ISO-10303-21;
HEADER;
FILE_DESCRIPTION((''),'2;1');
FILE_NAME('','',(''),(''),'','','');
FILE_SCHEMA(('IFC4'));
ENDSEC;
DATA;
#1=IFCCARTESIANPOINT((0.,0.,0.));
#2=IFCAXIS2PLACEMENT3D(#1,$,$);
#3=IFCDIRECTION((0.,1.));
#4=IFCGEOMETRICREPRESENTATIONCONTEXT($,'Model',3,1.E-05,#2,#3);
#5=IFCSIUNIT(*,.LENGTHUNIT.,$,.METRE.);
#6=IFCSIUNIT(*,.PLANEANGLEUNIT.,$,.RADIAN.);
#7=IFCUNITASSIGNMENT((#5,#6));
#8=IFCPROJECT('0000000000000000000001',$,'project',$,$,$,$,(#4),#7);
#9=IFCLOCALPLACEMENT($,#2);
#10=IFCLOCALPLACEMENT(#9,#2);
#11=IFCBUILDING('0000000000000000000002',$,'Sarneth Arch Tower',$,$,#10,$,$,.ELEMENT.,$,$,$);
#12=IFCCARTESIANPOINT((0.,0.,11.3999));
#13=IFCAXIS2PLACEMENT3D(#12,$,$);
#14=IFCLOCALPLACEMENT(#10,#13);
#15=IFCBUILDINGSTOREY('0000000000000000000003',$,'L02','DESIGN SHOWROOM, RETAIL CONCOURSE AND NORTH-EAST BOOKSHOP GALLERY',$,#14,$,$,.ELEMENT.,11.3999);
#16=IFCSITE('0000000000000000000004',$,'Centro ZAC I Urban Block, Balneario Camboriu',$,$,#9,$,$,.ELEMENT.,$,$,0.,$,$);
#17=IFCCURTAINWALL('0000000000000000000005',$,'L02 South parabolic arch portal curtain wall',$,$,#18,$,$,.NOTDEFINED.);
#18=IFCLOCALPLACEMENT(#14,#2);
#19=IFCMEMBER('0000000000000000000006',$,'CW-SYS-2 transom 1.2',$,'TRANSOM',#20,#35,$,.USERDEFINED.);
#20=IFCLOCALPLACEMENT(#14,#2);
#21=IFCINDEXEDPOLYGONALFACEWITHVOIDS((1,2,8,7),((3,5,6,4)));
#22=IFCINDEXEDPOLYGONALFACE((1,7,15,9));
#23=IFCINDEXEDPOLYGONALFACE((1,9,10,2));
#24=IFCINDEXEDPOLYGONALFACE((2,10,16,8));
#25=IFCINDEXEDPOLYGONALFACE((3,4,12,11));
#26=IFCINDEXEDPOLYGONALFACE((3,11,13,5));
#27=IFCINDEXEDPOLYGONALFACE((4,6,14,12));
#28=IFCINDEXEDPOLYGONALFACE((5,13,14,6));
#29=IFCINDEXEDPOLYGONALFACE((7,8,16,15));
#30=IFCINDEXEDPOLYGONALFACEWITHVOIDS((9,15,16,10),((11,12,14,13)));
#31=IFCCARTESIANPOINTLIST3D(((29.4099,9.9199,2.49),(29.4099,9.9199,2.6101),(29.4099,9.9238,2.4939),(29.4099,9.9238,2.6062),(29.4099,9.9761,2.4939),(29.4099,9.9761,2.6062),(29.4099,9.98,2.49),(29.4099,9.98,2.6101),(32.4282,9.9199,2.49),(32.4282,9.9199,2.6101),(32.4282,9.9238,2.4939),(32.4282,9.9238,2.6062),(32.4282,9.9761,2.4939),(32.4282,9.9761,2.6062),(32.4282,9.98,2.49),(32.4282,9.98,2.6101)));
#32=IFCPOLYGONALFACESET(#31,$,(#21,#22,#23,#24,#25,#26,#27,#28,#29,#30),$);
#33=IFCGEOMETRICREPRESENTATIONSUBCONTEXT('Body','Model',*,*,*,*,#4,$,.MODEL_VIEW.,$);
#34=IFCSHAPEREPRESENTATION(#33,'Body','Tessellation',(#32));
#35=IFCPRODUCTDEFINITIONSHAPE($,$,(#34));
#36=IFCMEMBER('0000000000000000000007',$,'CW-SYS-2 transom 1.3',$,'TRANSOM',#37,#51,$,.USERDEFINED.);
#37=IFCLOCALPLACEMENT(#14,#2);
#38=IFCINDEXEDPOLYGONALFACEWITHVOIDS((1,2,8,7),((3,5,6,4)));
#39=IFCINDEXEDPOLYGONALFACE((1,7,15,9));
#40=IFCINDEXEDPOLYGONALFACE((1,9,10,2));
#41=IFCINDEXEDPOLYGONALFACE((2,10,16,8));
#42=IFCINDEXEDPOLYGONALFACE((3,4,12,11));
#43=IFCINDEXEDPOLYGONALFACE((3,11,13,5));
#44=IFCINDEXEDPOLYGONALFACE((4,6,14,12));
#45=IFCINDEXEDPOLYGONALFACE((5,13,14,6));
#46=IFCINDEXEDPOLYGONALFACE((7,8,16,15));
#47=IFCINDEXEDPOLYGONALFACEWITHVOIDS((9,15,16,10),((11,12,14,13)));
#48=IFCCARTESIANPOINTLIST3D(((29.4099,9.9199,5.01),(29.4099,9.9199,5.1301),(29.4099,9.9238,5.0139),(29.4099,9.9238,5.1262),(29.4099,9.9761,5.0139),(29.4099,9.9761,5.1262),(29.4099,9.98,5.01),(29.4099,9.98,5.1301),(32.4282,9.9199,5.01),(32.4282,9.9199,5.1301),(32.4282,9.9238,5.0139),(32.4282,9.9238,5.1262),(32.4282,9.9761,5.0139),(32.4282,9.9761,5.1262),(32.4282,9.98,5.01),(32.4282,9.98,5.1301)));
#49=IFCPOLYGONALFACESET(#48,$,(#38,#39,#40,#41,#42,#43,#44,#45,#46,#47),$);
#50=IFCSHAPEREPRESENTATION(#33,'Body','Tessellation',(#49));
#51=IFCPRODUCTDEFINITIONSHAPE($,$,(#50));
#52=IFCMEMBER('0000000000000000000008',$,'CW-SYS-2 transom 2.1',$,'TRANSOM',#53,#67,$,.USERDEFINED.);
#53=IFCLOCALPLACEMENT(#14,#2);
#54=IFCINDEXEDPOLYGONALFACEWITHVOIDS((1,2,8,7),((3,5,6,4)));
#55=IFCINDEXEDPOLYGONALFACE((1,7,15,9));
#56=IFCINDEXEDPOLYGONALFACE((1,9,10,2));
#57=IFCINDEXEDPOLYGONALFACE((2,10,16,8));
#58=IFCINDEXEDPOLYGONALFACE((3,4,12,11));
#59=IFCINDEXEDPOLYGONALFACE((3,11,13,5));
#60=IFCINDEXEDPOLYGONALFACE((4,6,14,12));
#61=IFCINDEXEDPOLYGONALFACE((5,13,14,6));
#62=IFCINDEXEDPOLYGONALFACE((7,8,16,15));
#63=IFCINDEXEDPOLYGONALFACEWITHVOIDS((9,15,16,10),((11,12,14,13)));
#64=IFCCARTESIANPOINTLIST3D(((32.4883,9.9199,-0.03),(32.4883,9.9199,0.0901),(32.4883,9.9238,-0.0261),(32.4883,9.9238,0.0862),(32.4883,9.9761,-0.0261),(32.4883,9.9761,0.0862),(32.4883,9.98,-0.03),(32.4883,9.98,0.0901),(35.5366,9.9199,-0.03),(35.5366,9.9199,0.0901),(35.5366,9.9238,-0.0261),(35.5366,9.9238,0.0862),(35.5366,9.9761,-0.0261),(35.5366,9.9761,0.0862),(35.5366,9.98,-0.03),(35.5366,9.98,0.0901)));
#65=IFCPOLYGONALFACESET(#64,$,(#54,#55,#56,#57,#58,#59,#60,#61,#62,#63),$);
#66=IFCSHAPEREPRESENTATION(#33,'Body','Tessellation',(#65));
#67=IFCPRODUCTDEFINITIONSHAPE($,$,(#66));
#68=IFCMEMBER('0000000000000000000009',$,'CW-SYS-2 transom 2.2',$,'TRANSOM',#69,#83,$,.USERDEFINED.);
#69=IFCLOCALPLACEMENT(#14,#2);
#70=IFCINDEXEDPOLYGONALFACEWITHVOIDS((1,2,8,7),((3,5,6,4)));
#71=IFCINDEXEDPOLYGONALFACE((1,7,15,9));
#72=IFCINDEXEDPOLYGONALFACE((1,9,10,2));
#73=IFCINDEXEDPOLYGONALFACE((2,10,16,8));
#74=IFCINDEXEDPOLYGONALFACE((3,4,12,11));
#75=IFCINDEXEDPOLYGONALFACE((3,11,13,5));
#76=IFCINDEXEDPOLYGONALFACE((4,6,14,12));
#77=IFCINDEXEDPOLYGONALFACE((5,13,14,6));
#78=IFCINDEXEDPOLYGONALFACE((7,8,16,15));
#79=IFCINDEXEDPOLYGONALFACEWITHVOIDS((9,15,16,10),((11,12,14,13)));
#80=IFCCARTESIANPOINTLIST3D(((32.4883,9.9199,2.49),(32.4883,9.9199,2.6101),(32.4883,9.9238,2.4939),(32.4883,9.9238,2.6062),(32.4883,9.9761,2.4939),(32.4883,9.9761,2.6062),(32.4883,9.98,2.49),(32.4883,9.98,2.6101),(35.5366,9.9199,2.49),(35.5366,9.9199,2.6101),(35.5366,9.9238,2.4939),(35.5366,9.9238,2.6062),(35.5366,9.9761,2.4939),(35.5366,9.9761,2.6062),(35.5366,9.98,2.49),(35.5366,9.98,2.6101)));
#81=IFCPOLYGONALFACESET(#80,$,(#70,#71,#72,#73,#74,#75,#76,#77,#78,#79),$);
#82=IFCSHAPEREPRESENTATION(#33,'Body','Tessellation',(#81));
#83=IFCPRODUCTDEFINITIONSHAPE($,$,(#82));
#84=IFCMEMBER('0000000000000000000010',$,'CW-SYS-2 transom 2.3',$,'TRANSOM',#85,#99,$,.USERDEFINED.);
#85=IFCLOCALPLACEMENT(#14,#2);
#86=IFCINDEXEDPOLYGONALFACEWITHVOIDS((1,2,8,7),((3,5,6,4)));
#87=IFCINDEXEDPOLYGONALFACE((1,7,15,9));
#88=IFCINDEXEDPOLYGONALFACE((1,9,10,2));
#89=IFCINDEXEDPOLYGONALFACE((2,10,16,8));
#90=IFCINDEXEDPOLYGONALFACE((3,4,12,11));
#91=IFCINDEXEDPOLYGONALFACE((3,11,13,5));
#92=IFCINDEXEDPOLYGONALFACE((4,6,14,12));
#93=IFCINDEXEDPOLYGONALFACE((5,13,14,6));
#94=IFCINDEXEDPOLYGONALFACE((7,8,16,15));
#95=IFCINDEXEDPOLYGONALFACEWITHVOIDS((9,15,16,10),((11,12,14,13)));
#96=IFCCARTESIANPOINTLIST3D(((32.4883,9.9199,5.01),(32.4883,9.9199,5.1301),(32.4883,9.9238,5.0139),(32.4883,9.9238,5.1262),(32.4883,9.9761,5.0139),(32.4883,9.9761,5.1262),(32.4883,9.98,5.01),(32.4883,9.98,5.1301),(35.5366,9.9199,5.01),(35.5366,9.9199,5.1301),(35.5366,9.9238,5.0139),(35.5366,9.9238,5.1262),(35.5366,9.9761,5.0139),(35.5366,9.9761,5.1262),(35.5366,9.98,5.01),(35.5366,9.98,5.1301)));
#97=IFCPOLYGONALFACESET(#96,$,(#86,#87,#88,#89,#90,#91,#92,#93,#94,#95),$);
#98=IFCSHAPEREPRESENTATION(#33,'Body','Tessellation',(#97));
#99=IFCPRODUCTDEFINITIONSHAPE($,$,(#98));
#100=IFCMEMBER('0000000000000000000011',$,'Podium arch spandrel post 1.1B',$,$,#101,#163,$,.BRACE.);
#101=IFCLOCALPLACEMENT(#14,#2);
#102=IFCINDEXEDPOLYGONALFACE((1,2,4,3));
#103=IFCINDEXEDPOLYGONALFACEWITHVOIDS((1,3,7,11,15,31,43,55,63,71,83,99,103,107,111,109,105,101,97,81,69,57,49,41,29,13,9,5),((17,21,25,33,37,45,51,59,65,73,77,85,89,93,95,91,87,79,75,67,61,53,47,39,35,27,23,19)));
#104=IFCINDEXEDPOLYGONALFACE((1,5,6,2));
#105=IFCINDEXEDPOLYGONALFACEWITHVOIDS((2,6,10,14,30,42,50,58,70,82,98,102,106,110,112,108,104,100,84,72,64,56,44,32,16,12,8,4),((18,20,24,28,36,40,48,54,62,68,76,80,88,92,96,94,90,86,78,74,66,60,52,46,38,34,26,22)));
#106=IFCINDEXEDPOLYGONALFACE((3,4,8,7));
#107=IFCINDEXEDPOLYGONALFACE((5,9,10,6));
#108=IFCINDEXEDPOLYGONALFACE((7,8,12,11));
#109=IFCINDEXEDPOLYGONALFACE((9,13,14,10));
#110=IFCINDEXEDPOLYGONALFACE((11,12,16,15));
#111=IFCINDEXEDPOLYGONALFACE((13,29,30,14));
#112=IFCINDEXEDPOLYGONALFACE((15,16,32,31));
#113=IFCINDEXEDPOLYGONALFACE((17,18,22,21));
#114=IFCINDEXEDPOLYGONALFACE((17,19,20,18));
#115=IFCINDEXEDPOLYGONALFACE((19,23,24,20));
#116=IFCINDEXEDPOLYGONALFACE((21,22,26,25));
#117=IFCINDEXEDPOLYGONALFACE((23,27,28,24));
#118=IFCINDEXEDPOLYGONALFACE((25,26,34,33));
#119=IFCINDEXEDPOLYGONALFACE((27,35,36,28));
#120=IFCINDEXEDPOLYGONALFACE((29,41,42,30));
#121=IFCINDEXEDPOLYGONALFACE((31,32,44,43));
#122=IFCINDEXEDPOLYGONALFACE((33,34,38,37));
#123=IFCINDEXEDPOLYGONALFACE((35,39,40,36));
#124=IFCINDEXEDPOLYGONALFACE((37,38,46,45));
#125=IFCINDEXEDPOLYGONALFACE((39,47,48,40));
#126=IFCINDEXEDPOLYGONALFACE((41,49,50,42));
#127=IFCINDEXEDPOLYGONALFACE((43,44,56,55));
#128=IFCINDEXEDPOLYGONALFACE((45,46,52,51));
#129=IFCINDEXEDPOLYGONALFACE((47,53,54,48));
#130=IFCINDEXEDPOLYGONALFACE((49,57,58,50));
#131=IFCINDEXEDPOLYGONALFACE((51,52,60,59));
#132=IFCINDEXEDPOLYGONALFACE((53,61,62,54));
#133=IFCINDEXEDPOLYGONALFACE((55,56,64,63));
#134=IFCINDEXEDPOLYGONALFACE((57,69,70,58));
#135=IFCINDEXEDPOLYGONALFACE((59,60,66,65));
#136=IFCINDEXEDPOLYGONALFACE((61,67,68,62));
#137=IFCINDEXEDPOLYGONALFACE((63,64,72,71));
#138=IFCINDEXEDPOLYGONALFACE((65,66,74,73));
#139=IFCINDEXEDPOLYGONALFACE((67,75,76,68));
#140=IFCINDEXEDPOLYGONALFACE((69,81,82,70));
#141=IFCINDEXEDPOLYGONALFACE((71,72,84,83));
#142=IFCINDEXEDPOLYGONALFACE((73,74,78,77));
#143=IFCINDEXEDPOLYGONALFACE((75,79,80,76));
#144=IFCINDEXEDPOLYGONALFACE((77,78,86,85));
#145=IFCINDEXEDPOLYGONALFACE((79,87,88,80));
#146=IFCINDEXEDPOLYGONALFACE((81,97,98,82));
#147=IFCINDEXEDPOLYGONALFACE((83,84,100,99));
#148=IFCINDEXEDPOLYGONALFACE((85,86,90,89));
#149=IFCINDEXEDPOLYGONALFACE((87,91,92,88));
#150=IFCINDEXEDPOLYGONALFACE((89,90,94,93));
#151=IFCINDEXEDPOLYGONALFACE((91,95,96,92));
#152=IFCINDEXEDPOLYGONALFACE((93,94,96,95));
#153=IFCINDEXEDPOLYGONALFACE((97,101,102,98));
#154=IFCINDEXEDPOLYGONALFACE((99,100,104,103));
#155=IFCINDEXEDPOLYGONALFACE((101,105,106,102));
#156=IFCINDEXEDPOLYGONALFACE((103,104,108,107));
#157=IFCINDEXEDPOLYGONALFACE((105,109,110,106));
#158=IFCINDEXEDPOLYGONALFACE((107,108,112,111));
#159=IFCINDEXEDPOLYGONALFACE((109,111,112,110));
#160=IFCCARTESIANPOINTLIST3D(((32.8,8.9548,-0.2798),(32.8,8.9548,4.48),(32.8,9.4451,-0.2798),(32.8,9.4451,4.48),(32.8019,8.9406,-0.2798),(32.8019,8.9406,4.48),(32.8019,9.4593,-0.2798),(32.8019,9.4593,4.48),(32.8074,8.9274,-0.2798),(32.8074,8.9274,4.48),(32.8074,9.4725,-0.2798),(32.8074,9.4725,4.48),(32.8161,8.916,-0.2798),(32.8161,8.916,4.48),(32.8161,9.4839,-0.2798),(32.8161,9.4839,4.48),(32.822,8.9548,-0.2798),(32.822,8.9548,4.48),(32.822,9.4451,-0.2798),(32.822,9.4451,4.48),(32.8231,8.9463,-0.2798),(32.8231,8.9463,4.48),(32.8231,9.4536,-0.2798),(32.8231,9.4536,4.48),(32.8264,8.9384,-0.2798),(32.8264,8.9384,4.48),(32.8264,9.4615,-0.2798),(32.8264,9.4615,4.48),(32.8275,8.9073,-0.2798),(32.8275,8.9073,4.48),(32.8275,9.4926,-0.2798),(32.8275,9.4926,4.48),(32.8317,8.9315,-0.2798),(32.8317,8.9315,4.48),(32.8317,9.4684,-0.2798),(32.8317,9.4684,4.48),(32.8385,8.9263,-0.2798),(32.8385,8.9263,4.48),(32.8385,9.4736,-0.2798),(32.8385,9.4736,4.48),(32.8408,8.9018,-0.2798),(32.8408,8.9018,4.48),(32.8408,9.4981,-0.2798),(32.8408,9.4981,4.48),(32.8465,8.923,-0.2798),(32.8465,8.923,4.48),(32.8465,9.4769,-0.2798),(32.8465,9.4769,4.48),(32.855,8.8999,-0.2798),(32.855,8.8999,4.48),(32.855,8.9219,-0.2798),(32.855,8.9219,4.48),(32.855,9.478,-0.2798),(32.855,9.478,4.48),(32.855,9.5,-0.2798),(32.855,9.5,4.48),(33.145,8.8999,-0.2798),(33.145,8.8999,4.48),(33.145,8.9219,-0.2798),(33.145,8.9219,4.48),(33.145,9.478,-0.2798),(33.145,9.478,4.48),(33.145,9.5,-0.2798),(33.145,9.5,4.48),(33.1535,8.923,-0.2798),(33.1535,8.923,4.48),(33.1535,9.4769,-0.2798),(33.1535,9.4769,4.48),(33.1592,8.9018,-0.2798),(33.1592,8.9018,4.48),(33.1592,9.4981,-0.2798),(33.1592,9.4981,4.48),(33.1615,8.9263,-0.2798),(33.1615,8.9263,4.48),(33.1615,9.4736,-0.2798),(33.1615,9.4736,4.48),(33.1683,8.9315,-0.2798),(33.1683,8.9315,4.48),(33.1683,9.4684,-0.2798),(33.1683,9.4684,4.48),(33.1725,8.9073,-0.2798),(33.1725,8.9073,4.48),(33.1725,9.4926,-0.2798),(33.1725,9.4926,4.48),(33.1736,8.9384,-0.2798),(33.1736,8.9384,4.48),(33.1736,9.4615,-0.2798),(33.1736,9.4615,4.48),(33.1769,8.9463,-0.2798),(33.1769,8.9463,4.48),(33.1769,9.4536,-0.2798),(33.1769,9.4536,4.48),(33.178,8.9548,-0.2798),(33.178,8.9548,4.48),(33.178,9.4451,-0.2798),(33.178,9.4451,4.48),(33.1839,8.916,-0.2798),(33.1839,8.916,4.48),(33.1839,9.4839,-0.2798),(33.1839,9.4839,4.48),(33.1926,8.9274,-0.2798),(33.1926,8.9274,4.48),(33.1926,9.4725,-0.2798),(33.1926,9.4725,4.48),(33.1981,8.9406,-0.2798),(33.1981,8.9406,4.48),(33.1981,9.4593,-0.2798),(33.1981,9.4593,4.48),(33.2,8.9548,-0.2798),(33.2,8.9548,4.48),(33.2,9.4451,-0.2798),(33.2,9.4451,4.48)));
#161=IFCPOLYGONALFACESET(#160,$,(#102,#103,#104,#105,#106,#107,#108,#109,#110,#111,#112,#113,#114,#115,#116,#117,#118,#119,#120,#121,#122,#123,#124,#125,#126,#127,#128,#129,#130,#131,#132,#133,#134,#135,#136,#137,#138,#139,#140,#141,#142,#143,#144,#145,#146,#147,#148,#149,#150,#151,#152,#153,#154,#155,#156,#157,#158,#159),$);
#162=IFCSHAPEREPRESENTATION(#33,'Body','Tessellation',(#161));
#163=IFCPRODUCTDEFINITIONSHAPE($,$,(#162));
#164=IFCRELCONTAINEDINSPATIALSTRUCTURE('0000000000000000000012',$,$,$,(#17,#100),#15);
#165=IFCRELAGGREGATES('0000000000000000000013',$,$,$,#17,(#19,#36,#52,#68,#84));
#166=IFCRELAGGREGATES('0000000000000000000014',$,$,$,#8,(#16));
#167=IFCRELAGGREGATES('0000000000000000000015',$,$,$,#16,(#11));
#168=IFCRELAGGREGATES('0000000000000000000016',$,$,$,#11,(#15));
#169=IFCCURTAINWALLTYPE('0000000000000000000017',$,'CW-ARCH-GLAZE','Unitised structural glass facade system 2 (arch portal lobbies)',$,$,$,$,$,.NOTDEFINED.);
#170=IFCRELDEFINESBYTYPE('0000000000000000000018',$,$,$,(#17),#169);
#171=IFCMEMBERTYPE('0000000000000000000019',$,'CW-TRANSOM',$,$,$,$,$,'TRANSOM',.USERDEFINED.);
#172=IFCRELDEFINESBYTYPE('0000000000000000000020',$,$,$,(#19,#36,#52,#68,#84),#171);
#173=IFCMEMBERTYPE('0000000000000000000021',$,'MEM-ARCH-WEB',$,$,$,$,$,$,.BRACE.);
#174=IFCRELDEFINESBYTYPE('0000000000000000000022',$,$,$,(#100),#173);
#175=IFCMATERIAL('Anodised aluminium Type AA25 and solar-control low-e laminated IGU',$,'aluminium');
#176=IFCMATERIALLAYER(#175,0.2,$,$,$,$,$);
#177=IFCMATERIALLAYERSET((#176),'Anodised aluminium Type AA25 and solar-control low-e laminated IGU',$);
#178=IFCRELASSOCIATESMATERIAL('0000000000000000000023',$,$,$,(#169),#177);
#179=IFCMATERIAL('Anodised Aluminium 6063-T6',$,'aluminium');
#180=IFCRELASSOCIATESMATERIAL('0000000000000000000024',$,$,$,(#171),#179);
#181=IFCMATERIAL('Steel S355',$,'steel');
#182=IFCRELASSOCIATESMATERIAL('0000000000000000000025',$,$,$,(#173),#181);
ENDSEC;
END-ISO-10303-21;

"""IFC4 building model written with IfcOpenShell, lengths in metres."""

from ifc_helpers import new_model, si_unit, direction, frame, origin, origin_2d, place, context, subcontext, project, spatial, hollow_rectangle, extrude, material, layer, layer_set, material_profile, profile_set, type_object, element, aggregate, save


model = new_model("IFC4")

# Units and contexts
model_context = context("Model", 3, precision=1e-05, world=origin(), true_north=direction((0.0, 1.0)))
body_context = subcontext(model_context, "Body", "Model", "MODEL_VIEW")
ifc_project = project(units=[si_unit("LENGTHUNIT", "METRE"), si_unit("PLANEANGLEUNIT", "RADIAN")], contexts=[model_context])

# Site, building, storey
site_placement = place(None, origin())
site = spatial("IfcSite", under=ifc_project, at=site_placement, Name="Centro ZAC I Urban Block, Balneario Camboriu", CompositionType="ELEMENT", RefElevation=0.0)
building_placement = place(site_placement, origin())
building = spatial("IfcBuilding", under=site, at=building_placement, Name="Sarneth Arch Tower", CompositionType="ELEMENT")
storey_placement = place(building_placement, frame((0.0, 0.0, 11.3999)))
storey = spatial("IfcBuildingStorey", under=building, at=storey_placement, Name="L02", Description="DESIGN SHOWROOM, RETAIL CONCOURSE AND NORTH-EAST BOOKSHOP GALLERY", CompositionType="ELEMENT", Elevation=11.3999)

# Curtain wall, members
ifc_material_1 = material(Name="Anodised aluminium Type AA25 and solar-control low-e laminated IGU", Category="aluminium")
ifc_layer_1 = layer(ifc_material_1, 0.2)
ifc_layer_set_1 = layer_set([ifc_layer_1], Name="Anodised aluminium Type AA25 and solar-control low-e laminated IGU")
curtain_wall_type = type_object("IfcCurtainWallType", Name="CW-ARCH-GLAZE", Description="Unitised structural glass facade system 2 (arch portal lobbies)", PredefinedType="NOTDEFINED", material=ifc_layer_set_1)
curtain_wall_placement = place(storey_placement, origin())
curtain_wall = element("IfcCurtainWall", 1, at=curtain_wall_placement, inside=storey, type_object=curtain_wall_type, Name="L02 South parabolic arch portal curtain wall", PredefinedType="NOTDEFINED")
ifc_material_2 = material(Name="Anodised Aluminium 6063-T6", Category="aluminium")
ifc_material_profile_1 = material_profile(ifc_material_2, hollow_rectangle(XDim=0.0601, YDim=0.1201, WallThickness=0.0039, at=origin_2d()), Name="AL-TRAN-120x60x4")
ifc_profile_set_1 = profile_set([ifc_material_profile_1], Name="Anodised Aluminium 6063-T6")
member_type_1 = type_object("IfcMemberType", Name="CW-TRANSOM", ElementType="TRANSOM", PredefinedType="USERDEFINED", material=ifc_profile_set_1)
member_1_placement = place(storey_placement, frame((29.4099, 9.95, 2.55), z_axis=(1.0, 0.0, 0.0), x_axis=(0.0, 1.0, 0.0)))
member_1 = element("IfcMember", 2, at=member_1_placement, type_object=member_type_1, Name="CW-SYS-2 transom 1.2", ObjectType="TRANSOM", PredefinedType="USERDEFINED", context=body_context, shape_type="SweptSolid", body=[
    extrude(hollow_rectangle(XDim=0.0601, YDim=0.1201, WallThickness=0.0039, at=origin_2d()), origin(), (0.0, 0.0, 1.0), 3.0183),
])
member_2_placement = place(storey_placement, frame((29.4099, 9.95, 5.0701), z_axis=(1.0, 0.0, 0.0), x_axis=(0.0, 1.0, 0.0)))
member_2 = element("IfcMember", 3, at=member_2_placement, type_object=member_type_1, Name="CW-SYS-2 transom 1.3", ObjectType="TRANSOM", PredefinedType="USERDEFINED", context=body_context, shape_type="SweptSolid", body=[
    extrude(hollow_rectangle(XDim=0.0601, YDim=0.1201, WallThickness=0.0039, at=origin_2d()), origin(), (0.0, 0.0, 1.0), 3.0183),
])
member_3_placement = place(storey_placement, frame((32.4883, 9.95, 0.03), z_axis=(1.0, 0.0, 0.0), x_axis=(0.0, 1.0, 0.0)))
member_3 = element("IfcMember", 4, at=member_3_placement, type_object=member_type_1, Name="CW-SYS-2 transom 2.1", ObjectType="TRANSOM", PredefinedType="USERDEFINED", context=body_context, shape_type="SweptSolid", body=[
    extrude(hollow_rectangle(XDim=0.0601, YDim=0.1201, WallThickness=0.0039, at=origin_2d()), origin(), (0.0, 0.0, 1.0), 3.0483),
])
member_4_placement = place(storey_placement, frame((32.4883, 9.95, 2.55), z_axis=(1.0, 0.0, 0.0), x_axis=(0.0, 1.0, 0.0)))
member_4 = element("IfcMember", 5, at=member_4_placement, type_object=member_type_1, Name="CW-SYS-2 transom 2.2", ObjectType="TRANSOM", PredefinedType="USERDEFINED", context=body_context, shape_type="SweptSolid", body=[
    extrude(hollow_rectangle(XDim=0.0601, YDim=0.1201, WallThickness=0.0039, at=origin_2d()), origin(), (0.0, 0.0, 1.0), 3.0483),
])
member_5_placement = place(storey_placement, frame((32.4883, 9.95, 5.0701), z_axis=(1.0, 0.0, 0.0), x_axis=(0.0, 1.0, 0.0)))
member_5 = element("IfcMember", 6, at=member_5_placement, type_object=member_type_1, Name="CW-SYS-2 transom 2.3", ObjectType="TRANSOM", PredefinedType="USERDEFINED", context=body_context, shape_type="SweptSolid", body=[
    extrude(hollow_rectangle(XDim=0.0601, YDim=0.1201, WallThickness=0.0039, at=origin_2d()), origin(), (0.0, 0.0, 1.0), 3.0483),
])

# Member
ifc_material_3 = material(Name="Steel S355", Category="steel")
ifc_material_profile_2 = material_profile(ifc_material_3, hollow_rectangle(XDim=0.3999, YDim=0.6001, WallThickness=0.022, InnerFilletRadius=0.033, OuterFilletRadius=0.0549, at=origin_2d()), Name="RHS600x400x22")
ifc_profile_set_2 = profile_set([ifc_material_profile_2], Name="Steel S355")
member_type_2 = type_object("IfcMemberType", Name="MEM-ARCH-WEB", PredefinedType="BRACE", material=ifc_profile_set_2)
for number, where, z_axis, x_axis, name in (
    (7, (33.0, 9.2, -0.2798), (0.0, 0.0, 1.0), (1.0, 0.0, 0.0), "Podium arch spandrel post 1.1B"),
):
    element("IfcMember", number, at=place(storey_placement, frame(where, z_axis=z_axis, x_axis=x_axis)), inside=storey, type_object=member_type_2, Name=name, PredefinedType="BRACE", context=body_context, shape_type="SweptSolid", body=[
        extrude(hollow_rectangle(XDim=0.3999, YDim=0.6001, WallThickness=0.022, InnerFilletRadius=0.033, OuterFilletRadius=0.0549, at=origin_2d()), origin(), (0.0, 0.0, 1.0), 4.7598),
    ])

aggregate(curtain_wall, [member_1, member_2, member_3, member_4, member_5])

save(model, "model.ifc")
